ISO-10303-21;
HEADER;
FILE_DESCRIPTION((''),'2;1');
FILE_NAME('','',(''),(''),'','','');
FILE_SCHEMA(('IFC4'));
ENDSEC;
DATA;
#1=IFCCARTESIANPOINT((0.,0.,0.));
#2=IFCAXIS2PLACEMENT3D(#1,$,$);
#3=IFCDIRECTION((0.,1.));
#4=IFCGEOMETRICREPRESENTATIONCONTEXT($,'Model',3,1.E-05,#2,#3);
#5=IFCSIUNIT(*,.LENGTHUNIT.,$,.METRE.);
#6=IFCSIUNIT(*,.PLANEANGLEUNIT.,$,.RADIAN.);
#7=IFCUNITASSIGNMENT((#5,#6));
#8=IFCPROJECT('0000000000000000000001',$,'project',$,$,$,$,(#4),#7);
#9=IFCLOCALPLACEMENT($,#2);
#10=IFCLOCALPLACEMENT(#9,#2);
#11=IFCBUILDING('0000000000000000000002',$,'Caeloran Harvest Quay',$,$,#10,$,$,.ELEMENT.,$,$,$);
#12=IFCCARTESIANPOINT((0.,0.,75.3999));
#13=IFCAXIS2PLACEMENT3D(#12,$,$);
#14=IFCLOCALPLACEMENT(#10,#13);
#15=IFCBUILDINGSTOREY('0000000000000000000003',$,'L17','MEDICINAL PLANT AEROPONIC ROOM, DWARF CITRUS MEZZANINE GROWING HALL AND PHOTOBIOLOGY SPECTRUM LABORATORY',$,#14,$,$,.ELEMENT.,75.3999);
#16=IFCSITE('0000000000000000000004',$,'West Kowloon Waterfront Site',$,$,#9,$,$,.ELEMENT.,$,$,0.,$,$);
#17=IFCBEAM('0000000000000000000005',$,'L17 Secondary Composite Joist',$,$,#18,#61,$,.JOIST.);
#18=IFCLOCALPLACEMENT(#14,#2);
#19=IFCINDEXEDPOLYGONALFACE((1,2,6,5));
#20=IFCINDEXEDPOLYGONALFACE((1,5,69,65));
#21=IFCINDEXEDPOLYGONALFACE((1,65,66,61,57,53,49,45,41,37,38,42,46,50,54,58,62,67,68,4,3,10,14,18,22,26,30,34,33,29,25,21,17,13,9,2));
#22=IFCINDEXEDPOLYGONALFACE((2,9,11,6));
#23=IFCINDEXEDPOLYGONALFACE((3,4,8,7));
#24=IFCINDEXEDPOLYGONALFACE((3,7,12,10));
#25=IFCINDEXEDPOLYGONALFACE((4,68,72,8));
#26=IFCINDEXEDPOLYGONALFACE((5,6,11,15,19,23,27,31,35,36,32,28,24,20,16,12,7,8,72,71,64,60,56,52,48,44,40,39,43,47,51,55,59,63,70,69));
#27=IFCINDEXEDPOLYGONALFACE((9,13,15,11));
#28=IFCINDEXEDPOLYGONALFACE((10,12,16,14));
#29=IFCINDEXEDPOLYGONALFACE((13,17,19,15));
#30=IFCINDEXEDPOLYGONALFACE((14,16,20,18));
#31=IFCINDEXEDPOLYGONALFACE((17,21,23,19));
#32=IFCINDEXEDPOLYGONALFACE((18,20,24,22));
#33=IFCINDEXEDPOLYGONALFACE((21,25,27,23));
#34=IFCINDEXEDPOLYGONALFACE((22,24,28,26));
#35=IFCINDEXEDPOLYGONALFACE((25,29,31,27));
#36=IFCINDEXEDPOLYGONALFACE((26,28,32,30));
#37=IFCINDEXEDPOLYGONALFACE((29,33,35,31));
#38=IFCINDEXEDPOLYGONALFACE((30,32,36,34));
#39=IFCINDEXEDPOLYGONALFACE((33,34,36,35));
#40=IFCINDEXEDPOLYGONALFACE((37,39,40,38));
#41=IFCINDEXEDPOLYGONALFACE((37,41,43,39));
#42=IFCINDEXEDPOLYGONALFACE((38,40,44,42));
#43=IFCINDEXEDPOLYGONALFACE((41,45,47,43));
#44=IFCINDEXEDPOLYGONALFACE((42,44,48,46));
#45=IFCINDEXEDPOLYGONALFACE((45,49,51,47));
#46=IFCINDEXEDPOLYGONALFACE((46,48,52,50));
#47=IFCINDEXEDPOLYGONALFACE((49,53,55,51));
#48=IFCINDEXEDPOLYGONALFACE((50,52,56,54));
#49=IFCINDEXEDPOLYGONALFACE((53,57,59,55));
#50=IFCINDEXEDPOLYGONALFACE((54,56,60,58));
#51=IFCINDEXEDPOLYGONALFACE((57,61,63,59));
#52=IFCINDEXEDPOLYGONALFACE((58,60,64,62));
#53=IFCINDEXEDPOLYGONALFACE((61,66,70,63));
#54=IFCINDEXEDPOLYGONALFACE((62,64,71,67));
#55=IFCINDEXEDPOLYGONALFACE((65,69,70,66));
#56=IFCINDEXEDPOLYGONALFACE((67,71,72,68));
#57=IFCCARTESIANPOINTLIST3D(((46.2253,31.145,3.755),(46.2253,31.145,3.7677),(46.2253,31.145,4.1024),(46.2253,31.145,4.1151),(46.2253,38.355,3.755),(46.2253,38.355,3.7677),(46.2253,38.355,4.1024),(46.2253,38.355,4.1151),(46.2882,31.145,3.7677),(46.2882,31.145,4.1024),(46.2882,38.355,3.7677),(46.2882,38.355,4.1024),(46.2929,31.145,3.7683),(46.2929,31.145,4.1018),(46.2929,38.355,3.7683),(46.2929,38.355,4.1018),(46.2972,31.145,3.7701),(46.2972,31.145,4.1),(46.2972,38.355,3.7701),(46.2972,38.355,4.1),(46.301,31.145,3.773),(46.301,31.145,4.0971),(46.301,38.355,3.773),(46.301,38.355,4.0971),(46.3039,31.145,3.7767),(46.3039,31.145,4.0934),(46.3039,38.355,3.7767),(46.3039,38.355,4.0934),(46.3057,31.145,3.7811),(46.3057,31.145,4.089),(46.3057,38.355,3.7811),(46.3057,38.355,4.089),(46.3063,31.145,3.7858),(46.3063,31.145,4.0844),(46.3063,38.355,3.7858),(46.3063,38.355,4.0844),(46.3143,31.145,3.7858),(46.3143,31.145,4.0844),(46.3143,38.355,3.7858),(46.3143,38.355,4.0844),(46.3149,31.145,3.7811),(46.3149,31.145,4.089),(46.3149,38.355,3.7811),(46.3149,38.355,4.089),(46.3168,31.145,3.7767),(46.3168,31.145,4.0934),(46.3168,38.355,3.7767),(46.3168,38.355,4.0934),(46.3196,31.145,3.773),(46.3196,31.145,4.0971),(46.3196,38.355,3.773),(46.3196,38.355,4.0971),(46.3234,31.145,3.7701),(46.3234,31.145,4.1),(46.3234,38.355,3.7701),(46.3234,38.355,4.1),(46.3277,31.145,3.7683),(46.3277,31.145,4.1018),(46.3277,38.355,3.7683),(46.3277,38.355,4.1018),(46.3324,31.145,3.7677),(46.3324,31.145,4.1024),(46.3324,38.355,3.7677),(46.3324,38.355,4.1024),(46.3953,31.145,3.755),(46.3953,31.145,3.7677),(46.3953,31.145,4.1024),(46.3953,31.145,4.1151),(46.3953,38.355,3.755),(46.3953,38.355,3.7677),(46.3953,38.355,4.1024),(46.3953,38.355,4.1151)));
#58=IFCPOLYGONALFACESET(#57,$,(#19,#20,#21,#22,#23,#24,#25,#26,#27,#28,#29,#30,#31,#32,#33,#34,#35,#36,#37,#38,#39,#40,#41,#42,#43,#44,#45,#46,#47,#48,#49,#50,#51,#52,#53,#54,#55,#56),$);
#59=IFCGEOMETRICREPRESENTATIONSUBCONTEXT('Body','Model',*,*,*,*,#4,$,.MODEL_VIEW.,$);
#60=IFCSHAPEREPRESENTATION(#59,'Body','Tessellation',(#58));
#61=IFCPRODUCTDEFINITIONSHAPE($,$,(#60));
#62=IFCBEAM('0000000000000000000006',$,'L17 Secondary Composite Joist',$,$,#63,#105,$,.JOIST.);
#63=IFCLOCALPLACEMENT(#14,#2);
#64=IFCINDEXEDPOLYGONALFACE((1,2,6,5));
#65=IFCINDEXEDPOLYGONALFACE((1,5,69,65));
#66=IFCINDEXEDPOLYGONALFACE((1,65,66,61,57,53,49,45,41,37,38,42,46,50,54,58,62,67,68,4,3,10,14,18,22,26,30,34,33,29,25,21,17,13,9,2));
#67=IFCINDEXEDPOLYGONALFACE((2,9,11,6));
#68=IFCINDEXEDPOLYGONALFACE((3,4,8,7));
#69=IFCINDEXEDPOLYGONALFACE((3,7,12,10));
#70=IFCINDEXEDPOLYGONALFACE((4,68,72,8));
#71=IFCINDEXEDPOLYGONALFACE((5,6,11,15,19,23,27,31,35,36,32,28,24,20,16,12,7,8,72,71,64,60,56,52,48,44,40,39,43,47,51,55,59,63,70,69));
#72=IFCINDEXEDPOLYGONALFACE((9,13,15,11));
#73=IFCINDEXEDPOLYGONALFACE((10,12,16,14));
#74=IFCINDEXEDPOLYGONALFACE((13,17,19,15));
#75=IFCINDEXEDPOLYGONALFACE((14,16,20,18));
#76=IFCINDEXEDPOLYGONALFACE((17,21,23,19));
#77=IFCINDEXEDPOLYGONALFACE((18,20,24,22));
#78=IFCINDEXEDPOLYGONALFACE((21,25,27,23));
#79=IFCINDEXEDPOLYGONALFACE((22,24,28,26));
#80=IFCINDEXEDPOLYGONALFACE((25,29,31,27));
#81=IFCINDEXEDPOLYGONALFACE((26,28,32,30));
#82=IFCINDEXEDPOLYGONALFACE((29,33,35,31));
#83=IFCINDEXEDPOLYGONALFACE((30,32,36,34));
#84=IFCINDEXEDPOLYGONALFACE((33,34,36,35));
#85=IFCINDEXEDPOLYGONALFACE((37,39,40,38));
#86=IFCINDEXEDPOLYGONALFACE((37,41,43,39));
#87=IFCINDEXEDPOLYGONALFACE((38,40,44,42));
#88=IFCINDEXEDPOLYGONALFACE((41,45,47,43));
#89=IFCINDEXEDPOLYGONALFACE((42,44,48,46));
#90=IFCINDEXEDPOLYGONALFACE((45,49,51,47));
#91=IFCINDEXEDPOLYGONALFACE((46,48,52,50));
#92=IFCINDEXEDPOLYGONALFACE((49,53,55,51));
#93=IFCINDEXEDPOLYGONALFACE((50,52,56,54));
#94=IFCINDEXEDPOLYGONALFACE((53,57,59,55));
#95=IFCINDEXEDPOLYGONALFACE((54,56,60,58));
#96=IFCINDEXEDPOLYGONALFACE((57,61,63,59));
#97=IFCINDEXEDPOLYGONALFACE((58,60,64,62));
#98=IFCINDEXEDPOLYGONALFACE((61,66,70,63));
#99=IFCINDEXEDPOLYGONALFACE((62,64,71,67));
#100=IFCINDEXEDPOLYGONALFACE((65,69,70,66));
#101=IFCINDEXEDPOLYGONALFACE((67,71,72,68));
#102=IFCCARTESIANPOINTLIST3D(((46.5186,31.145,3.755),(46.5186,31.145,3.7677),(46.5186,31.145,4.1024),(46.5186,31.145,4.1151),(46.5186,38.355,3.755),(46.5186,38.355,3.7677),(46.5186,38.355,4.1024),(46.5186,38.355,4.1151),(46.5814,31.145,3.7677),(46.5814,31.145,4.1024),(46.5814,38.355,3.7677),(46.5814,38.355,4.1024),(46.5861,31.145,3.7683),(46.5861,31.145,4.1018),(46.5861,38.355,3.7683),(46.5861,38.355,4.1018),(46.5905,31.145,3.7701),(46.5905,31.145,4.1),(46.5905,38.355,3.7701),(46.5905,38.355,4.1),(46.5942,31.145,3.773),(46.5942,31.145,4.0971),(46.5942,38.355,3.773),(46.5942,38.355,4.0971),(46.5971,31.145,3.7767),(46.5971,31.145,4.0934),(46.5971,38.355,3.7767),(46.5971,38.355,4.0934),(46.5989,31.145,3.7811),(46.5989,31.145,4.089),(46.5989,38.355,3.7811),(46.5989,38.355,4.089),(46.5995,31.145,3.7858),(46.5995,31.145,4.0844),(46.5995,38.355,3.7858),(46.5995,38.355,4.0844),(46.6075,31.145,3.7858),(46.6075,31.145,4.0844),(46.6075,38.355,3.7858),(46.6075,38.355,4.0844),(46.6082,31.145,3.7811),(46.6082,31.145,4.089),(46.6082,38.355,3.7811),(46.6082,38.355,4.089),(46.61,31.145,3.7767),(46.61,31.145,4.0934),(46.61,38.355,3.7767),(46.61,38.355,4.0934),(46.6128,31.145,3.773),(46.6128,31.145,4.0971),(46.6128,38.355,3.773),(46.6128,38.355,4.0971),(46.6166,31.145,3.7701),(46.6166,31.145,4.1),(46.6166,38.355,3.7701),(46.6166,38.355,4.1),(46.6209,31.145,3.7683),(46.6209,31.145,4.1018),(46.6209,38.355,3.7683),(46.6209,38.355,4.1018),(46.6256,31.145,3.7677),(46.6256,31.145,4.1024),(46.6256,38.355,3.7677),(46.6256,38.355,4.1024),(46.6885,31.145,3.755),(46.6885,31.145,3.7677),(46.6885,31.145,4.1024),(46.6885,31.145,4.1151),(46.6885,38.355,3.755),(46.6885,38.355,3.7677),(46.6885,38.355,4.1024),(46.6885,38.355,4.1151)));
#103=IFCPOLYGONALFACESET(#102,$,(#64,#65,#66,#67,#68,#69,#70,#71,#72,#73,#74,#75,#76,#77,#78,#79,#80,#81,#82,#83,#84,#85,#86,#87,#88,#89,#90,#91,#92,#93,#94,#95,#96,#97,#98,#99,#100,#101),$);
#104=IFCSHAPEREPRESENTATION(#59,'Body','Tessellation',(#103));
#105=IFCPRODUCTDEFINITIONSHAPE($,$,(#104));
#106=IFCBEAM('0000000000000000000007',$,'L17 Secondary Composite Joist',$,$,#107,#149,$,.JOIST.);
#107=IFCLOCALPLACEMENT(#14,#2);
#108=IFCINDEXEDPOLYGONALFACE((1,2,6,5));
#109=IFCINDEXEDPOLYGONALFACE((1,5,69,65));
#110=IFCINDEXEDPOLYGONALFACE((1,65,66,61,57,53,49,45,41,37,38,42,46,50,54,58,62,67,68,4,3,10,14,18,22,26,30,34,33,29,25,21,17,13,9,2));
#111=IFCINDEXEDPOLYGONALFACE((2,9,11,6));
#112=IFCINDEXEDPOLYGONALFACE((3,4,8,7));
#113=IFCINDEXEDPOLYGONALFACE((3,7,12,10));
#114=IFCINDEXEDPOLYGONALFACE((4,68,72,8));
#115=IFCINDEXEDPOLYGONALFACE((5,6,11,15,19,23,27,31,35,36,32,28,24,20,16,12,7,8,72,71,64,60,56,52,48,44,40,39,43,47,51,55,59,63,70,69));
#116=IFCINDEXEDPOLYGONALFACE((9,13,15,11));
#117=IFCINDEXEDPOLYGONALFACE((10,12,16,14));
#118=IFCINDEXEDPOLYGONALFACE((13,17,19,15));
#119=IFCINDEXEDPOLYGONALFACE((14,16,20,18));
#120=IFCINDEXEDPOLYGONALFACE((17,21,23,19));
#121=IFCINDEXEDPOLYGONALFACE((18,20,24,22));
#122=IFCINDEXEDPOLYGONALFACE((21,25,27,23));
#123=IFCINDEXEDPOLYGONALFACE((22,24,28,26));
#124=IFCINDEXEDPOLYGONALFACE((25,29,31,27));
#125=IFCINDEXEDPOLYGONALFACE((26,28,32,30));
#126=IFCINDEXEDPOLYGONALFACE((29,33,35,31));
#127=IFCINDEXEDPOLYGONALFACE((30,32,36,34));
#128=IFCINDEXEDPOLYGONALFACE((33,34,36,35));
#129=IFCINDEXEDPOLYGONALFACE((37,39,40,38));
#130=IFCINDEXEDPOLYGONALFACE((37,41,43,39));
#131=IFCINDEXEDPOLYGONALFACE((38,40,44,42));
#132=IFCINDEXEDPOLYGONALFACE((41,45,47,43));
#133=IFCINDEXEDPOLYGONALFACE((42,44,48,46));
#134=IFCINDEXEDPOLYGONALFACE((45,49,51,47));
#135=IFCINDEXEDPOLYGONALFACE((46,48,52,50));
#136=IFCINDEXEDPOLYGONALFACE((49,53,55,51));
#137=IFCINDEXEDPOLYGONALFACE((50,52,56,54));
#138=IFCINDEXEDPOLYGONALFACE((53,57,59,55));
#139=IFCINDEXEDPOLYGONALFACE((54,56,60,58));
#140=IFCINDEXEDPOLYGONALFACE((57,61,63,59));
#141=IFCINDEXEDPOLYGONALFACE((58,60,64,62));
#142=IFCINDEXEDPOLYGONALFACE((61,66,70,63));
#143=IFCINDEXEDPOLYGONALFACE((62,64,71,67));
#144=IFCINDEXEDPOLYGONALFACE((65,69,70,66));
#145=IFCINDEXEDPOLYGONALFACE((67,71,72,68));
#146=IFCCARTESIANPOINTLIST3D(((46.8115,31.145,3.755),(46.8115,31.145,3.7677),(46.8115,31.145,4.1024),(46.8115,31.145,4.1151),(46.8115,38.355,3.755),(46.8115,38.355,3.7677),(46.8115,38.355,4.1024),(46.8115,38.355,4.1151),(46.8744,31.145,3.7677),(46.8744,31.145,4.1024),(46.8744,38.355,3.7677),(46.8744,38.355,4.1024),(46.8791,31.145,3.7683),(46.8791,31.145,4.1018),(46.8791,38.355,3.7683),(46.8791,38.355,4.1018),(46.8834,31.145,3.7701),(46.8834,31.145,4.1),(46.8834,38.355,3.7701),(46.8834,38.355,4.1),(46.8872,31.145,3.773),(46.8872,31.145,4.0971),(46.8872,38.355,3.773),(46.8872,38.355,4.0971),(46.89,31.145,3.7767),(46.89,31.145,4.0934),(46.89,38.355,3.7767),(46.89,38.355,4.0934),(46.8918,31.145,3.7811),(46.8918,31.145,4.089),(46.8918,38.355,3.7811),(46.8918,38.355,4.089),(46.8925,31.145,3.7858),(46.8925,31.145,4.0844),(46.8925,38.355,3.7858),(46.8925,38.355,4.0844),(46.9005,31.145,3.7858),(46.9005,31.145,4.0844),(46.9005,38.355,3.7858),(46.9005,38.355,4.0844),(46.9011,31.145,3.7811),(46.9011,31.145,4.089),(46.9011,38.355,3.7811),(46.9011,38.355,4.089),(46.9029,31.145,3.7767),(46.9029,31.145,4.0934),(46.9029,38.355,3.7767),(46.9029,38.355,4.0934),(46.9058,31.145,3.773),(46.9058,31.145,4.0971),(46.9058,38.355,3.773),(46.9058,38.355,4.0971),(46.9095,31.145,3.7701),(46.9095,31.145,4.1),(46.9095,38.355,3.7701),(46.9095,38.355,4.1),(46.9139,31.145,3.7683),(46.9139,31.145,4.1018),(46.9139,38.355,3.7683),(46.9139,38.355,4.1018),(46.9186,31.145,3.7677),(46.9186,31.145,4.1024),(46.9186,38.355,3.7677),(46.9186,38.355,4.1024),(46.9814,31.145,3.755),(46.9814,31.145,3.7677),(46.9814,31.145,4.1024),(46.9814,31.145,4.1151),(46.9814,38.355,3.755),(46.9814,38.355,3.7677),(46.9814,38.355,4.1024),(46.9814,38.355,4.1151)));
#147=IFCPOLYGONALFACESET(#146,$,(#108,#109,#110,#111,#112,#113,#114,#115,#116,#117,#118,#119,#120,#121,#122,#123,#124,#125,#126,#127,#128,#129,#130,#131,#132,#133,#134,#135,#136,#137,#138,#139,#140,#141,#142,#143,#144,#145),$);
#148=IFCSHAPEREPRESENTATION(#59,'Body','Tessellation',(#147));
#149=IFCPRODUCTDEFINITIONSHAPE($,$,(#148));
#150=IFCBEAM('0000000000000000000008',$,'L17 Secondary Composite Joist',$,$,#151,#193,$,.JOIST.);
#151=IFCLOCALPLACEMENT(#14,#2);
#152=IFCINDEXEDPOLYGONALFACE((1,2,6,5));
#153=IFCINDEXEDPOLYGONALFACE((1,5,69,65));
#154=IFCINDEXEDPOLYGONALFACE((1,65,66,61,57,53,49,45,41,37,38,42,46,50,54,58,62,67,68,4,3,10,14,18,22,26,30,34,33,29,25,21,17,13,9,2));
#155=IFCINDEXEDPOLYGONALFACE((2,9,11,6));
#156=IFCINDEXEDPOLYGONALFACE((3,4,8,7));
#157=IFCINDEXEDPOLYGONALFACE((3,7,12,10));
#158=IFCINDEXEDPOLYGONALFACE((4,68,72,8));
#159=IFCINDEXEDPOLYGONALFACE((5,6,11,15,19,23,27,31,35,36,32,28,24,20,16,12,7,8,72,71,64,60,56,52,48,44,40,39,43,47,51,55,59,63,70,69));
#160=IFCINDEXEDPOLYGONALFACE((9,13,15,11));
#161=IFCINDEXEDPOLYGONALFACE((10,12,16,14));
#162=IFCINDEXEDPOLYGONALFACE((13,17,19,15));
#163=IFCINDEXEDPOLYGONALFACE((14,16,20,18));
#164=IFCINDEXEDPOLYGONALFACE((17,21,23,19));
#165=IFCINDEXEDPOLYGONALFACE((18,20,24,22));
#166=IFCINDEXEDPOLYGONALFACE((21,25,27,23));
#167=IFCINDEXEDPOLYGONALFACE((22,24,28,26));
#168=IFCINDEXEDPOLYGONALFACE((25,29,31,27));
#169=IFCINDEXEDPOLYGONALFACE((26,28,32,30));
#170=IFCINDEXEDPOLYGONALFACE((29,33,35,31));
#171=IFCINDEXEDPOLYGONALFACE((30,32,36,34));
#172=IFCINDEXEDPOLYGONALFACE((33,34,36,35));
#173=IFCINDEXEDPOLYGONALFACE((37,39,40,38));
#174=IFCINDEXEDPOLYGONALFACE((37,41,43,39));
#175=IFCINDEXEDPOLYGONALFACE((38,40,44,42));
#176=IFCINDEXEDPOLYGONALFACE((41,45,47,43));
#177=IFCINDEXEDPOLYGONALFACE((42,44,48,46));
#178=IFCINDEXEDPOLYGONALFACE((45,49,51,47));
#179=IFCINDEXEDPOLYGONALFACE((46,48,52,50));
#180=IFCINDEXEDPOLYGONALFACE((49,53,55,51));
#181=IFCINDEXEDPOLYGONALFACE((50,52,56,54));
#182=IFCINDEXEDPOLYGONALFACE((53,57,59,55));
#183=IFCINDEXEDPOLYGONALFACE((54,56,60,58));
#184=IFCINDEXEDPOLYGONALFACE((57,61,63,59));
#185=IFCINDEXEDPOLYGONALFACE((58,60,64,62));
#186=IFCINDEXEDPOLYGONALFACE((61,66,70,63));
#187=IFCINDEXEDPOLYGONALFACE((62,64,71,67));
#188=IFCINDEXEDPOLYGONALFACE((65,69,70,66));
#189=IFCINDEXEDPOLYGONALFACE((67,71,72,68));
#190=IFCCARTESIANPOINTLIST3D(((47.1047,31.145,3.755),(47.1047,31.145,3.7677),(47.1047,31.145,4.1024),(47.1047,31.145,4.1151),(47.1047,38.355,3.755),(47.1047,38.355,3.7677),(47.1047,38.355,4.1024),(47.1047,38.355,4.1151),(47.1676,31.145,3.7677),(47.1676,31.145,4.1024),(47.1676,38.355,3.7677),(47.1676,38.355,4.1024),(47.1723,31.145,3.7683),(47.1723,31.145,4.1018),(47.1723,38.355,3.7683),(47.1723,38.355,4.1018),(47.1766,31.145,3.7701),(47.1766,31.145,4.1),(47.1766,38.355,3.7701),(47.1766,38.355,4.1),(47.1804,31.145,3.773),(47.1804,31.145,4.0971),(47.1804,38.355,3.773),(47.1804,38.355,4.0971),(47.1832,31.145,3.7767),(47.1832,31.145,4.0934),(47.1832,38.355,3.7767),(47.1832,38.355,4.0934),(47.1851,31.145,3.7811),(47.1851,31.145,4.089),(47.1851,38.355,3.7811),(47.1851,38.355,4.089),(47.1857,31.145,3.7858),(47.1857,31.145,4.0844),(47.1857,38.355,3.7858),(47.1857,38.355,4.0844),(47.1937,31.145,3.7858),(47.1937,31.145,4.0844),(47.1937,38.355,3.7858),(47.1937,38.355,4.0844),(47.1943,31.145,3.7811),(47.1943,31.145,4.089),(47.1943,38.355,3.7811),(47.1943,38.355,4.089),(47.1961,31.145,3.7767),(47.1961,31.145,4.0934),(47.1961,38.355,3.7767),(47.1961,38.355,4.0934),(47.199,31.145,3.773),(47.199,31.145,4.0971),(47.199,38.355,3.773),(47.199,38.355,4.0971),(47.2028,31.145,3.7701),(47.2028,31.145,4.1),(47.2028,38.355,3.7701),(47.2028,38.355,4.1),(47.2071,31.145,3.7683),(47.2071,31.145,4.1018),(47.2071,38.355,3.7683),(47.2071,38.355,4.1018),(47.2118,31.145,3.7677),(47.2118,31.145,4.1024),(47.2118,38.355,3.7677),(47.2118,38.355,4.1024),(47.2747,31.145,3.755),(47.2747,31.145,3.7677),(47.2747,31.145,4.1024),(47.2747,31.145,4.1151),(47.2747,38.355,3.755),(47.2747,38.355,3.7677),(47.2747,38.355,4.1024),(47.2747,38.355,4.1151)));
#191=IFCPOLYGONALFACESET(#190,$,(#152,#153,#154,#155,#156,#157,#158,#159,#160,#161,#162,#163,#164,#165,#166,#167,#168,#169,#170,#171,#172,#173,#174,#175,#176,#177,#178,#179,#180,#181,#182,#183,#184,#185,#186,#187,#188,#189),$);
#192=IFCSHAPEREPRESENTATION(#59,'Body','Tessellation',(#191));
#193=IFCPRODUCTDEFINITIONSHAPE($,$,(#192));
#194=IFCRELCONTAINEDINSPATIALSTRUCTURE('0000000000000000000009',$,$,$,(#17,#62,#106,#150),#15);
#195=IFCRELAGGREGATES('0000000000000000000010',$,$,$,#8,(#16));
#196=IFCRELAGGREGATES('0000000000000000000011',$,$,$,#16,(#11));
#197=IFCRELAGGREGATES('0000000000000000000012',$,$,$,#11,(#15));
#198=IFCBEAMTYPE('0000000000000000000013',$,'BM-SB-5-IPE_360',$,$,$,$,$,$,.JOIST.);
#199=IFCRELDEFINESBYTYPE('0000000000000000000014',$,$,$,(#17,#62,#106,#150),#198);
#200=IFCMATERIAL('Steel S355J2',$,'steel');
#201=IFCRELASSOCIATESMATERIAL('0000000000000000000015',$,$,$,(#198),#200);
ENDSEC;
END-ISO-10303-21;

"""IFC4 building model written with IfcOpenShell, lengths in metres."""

from ifc_helpers import new_model, si_unit, direction, frame, origin, origin_2d, place, context, subcontext, project, spatial, i_section, extrude, material, material_profile, profile_set, type_object, element, save


model = new_model("IFC4")

# Units and contexts
model_context = context("Model", 3, precision=1e-05, world=origin(), true_north=direction((0.0, 1.0)))
body_context = subcontext(model_context, "Body", "Model", "MODEL_VIEW")
ifc_project = project(units=[si_unit("LENGTHUNIT", "METRE"), si_unit("PLANEANGLEUNIT", "RADIAN")], contexts=[model_context])

# Site, building, storey
site_placement = place(None, origin())
site = spatial("IfcSite", under=ifc_project, at=site_placement, Name="West Kowloon Waterfront Site", CompositionType="ELEMENT", RefElevation=0.0)
building_placement = place(site_placement, origin())
building = spatial("IfcBuilding", under=site, at=building_placement, Name="Caeloran Harvest Quay", CompositionType="ELEMENT")
storey_placement = place(building_placement, frame((0.0, 0.0, 75.3999)))
storey = spatial("IfcBuildingStorey", under=building, at=storey_placement, Name="L17", Description="MEDICINAL PLANT AEROPONIC ROOM, DWARF CITRUS MEZZANINE GROWING HALL AND PHOTOBIOLOGY SPECTRUM LABORATORY", CompositionType="ELEMENT", Elevation=75.3999)

# Beams
ifc_material_1 = material(Name="Steel S355J2", Category="steel")
ifc_material_profile_1 = material_profile(ifc_material_1, i_section(OverallWidth=0.1699, OverallDepth=0.3601, WebThickness=0.0081, FlangeThickness=0.0127, FilletRadius=0.0181, at=origin_2d()), Name="IPE 360")
ifc_profile_set_1 = profile_set([ifc_material_profile_1], Name="Steel S355J2")
beam_type_1 = type_object("IfcBeamType", Name="BM-SB-5-IPE_360", PredefinedType="JOIST", material=ifc_profile_set_1)
for number, where, z_axis, x_axis, name in (
    (1, (46.3103, 31.145, 3.9351), (0.0, 1.0, 0.0), (-1.0, 0.0, 0.0), "L17 Secondary Composite Joist"),
    (2, (46.6035, 31.145, 3.9351), (0.0, 1.0, 0.0), (-1.0, 0.0, 0.0), "L17 Secondary Composite Joist"),
    (3, (46.8965, 31.145, 3.9351), (0.0, 1.0, 0.0), (-1.0, 0.0, 0.0), "L17 Secondary Composite Joist"),
    (4, (47.1897, 31.145, 3.9351), (0.0, 1.0, 0.0), (-1.0, 0.0, 0.0), "L17 Secondary Composite Joist"),
):
    element("IfcBeam", number, at=place(storey_placement, frame(where, z_axis=z_axis, x_axis=x_axis)), inside=storey, type_object=beam_type_1, Name=name, PredefinedType="JOIST", context=body_context, shape_type="SweptSolid", body=[
        extrude(i_section(OverallWidth=0.1699, OverallDepth=0.3601, WebThickness=0.0081, FlangeThickness=0.0127, FilletRadius=0.0181, at=origin_2d()), origin(), (0.0, 0.0, 1.0), 7.21),
    ])

save(model, "model.ifc")
